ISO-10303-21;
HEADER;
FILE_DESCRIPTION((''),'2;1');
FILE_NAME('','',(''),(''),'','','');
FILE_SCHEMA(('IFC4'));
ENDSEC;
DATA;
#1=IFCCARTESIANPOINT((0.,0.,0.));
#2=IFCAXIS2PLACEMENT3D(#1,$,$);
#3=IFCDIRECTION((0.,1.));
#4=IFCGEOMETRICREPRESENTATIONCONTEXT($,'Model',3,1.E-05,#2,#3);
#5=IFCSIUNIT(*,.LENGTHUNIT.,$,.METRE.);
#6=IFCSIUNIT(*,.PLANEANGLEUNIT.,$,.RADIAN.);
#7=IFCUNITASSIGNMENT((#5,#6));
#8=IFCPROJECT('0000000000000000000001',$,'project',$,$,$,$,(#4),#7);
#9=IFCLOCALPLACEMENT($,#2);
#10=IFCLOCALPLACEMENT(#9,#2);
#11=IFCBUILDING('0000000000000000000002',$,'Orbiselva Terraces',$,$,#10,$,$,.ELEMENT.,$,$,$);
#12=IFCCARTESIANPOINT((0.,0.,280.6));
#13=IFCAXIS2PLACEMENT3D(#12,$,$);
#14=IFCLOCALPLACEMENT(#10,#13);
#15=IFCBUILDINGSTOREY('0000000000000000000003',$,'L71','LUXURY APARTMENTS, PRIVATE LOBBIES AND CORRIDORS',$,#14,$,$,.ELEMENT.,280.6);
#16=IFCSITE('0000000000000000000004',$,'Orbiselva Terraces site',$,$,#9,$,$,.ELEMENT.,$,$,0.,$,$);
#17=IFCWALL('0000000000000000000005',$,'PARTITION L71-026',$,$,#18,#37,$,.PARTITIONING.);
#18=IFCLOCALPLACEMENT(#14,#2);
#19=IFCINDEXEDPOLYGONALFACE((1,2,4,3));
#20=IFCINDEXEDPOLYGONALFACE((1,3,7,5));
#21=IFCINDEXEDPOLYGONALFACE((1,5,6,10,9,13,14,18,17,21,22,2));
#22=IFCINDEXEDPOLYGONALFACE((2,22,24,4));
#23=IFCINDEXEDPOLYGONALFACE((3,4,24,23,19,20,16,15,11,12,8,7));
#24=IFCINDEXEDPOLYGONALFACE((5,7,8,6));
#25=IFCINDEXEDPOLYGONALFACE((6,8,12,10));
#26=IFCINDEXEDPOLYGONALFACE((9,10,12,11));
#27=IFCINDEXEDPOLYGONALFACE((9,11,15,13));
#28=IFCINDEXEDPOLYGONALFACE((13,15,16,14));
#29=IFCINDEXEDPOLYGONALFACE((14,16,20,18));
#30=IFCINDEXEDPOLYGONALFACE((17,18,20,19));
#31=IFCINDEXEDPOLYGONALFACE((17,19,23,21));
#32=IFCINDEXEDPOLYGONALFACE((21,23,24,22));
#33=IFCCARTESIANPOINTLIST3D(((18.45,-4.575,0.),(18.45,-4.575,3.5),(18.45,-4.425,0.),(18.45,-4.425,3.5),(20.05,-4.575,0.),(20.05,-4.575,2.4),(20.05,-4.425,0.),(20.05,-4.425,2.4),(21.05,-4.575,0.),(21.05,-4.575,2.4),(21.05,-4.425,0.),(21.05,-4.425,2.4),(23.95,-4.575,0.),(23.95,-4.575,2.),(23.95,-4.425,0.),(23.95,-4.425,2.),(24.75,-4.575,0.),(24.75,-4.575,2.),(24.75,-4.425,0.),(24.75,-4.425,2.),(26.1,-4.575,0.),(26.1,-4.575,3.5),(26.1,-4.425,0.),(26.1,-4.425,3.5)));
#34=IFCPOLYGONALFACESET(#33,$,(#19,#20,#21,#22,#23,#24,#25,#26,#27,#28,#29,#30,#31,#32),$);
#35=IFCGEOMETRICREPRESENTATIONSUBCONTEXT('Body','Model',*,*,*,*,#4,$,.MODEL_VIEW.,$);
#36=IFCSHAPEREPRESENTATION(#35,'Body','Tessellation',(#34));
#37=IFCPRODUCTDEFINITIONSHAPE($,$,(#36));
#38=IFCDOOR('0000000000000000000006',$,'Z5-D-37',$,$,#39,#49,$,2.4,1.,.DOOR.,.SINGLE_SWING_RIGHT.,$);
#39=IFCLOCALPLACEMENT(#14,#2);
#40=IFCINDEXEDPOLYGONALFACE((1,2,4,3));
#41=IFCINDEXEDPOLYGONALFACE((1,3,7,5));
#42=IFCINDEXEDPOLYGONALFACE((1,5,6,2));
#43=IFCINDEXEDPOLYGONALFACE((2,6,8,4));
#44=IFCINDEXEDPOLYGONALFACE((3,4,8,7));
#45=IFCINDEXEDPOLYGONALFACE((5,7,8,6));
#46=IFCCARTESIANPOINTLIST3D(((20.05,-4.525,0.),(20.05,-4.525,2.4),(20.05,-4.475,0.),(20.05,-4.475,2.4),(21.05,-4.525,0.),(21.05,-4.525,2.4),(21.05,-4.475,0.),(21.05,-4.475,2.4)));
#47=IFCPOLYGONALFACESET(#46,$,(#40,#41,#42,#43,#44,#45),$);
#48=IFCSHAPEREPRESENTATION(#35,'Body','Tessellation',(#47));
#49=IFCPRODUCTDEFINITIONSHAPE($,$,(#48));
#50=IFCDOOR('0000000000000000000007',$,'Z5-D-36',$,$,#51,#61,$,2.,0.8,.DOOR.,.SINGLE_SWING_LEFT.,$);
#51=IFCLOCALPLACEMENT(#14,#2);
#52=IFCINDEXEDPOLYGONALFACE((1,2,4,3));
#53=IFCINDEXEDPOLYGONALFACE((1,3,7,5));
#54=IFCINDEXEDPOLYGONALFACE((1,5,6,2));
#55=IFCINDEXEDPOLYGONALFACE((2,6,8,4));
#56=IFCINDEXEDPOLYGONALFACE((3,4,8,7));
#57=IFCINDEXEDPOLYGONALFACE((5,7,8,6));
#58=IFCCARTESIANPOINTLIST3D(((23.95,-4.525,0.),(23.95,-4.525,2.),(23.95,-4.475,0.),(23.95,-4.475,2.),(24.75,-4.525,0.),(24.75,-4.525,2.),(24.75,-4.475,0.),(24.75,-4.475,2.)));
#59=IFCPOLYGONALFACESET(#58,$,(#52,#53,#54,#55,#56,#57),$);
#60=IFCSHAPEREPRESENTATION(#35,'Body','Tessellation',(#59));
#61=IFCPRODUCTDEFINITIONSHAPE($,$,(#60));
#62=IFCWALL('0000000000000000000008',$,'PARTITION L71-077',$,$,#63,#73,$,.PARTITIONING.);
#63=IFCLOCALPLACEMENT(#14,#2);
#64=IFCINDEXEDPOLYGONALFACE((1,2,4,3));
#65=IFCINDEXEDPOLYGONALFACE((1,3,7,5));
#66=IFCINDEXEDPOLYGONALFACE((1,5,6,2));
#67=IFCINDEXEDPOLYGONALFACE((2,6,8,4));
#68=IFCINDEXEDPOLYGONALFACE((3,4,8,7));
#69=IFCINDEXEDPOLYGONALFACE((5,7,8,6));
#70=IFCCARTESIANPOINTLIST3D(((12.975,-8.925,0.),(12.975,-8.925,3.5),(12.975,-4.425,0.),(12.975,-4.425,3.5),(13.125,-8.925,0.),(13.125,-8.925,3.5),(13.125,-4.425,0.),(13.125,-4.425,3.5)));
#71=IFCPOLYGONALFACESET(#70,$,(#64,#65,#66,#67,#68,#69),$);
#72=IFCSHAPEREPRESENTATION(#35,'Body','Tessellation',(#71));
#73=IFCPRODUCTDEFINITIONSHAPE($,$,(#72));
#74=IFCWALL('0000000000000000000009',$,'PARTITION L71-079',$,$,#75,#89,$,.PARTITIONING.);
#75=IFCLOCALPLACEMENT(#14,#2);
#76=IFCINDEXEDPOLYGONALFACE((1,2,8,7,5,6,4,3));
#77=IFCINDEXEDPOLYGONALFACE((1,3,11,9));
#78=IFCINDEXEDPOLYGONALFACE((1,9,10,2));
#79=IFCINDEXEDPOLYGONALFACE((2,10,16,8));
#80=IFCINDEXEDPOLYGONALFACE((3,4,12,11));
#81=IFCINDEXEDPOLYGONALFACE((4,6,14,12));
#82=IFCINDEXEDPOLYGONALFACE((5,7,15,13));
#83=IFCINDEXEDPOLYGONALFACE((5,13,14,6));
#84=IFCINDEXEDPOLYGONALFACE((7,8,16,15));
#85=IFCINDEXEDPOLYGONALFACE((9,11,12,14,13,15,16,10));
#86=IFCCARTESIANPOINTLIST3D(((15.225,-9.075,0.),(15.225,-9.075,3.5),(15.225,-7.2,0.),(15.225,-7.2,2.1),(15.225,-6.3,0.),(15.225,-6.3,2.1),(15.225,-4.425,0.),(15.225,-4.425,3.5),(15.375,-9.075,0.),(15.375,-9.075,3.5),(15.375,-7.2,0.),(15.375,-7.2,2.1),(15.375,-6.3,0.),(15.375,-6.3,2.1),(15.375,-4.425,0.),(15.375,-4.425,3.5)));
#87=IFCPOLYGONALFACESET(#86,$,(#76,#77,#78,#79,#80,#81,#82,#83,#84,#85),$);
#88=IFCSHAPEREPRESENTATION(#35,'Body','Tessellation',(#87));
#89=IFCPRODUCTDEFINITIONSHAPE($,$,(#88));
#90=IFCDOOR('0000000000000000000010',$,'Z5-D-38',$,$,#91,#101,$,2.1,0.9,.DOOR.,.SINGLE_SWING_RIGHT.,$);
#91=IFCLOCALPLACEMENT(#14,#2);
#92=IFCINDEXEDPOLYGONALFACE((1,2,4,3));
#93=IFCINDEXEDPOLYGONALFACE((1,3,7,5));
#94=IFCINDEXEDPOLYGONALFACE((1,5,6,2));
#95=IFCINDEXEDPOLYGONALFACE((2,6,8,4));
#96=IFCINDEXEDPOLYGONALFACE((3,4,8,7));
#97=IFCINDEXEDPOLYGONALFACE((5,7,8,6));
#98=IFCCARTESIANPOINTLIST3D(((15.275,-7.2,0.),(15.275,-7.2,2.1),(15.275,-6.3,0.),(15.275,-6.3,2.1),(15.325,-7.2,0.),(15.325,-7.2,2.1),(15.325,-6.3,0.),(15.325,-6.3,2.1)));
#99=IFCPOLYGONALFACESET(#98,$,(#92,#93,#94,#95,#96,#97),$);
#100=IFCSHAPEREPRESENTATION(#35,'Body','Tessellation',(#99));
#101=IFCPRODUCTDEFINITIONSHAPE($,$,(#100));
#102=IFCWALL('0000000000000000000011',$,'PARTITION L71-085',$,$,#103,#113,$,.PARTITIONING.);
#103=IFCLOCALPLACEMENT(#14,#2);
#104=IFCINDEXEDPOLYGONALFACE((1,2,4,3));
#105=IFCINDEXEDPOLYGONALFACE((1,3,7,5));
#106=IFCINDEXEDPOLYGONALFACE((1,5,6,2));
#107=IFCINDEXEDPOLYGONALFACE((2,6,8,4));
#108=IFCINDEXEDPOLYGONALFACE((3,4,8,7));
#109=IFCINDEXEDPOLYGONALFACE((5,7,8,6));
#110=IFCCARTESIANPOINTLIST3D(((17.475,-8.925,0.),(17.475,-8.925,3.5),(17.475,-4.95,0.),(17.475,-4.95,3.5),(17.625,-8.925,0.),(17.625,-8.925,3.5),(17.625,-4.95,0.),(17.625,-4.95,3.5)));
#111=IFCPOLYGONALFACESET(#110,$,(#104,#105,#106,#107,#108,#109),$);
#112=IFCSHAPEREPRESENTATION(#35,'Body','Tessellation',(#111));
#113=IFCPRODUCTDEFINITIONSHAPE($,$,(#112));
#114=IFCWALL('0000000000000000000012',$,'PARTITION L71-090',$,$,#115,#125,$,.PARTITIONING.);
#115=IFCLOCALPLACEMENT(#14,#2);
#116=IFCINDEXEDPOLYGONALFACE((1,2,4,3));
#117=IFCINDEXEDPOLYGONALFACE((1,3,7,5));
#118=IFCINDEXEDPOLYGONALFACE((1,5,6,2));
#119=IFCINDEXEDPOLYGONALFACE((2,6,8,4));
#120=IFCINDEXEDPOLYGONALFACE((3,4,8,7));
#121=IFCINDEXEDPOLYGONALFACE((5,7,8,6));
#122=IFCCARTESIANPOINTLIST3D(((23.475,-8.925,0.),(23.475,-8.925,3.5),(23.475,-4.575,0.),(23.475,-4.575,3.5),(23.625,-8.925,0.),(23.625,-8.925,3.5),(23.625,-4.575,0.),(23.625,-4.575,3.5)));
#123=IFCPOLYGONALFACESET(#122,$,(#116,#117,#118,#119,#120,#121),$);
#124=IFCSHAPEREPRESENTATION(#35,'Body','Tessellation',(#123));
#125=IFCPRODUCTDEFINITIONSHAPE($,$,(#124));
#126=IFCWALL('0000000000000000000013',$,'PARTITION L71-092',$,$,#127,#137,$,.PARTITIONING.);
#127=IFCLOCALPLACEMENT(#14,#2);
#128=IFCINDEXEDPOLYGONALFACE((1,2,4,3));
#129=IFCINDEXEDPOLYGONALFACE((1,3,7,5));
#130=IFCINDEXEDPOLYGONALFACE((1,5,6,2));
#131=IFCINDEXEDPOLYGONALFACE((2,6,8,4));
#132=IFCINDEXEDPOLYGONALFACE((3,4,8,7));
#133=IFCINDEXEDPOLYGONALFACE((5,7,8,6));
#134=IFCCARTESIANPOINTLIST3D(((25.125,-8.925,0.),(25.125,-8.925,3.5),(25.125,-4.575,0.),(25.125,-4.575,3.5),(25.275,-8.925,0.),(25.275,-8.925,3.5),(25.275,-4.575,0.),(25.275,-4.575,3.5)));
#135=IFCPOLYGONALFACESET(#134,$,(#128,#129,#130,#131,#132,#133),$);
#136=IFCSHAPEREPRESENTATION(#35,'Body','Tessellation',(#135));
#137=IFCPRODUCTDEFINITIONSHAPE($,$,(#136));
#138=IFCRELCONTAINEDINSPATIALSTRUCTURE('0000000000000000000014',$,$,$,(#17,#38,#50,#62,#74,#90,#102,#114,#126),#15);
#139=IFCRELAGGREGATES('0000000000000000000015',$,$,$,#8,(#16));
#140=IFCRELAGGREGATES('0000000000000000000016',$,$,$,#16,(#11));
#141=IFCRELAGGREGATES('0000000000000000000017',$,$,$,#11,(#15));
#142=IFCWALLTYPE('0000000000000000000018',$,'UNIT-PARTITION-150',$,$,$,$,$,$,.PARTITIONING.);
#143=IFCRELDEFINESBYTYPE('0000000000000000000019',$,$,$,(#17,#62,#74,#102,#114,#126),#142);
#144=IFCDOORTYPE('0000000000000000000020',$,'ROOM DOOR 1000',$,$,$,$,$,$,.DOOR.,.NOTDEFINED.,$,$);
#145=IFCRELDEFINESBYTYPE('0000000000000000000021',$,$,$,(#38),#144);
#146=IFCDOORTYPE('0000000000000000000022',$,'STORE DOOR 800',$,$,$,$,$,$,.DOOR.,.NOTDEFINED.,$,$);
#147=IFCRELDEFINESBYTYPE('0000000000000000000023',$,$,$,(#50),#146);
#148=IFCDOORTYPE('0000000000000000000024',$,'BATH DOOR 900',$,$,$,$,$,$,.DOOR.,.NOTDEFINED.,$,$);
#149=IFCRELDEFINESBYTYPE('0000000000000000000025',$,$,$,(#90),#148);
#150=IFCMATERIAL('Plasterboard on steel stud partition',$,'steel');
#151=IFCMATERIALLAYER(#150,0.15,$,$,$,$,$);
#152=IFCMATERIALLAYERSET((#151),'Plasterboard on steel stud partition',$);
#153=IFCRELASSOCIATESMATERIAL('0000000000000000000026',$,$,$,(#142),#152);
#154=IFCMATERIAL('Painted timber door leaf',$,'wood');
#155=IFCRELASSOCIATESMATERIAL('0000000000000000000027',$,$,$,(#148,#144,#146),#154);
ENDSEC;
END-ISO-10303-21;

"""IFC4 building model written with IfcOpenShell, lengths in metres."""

from ifc_helpers import new_model, si_unit, direction, frame, frame_2d, origin, place, context, subcontext, project, spatial, rectangle, extrude, material, layer, layer_set, type_object, element, fill, save


model = new_model("IFC4")

# Units and contexts
model_context = context("Model", 3, precision=1e-05, world=origin(), true_north=direction((0.0, 1.0)))
body_context = subcontext(model_context, "Body", "Model", "MODEL_VIEW")
ifc_project = project(units=[si_unit("LENGTHUNIT", "METRE"), si_unit("PLANEANGLEUNIT", "RADIAN")], contexts=[model_context])

# Site, building, storey
site_placement = place(None, origin())
site = spatial("IfcSite", under=ifc_project, at=site_placement, Name="Orbiselva Terraces site", CompositionType="ELEMENT", RefElevation=0.0)
building_placement = place(site_placement, origin())
building = spatial("IfcBuilding", under=site, at=building_placement, Name="Orbiselva Terraces", CompositionType="ELEMENT")
storey_placement = place(building_placement, frame((0.0, 0.0, 280.6)))
storey = spatial("IfcBuildingStorey", under=building, at=storey_placement, Name="L71", Description="LUXURY APARTMENTS, PRIVATE LOBBIES AND CORRIDORS", CompositionType="ELEMENT", Elevation=280.6)

# Shared definitions
ifc_material_1 = material(Name="Plasterboard on steel stud partition", Category="steel")

# Shared definitions
ifc_layer_1 = layer(ifc_material_1, 0.15)
ifc_layer_set_1 = layer_set([ifc_layer_1], Name="Plasterboard on steel stud partition")
wall_type_1 = type_object("IfcWallType", Name="UNIT-PARTITION-150", PredefinedType="PARTITIONING", material=ifc_layer_set_1)
ifc_material_2 = material(Name="Painted timber door leaf", Category="wood")
door_type_1 = type_object("IfcDoorType", Name="BATH DOOR 900", OperationType="NOTDEFINED", PredefinedType="DOOR", material=ifc_material_2)

# Shared definitions
door_type_2 = type_object("IfcDoorType", Name="ROOM DOOR 1000", OperationType="NOTDEFINED", PredefinedType="DOOR", material=ifc_material_2)

# Shared definitions
door_type_3 = type_object("IfcDoorType", Name="STORE DOOR 800", OperationType="NOTDEFINED", PredefinedType="DOOR", material=ifc_material_2)

# Wall, openings, doors
wall_1_placement = place(storey_placement, frame((26.1, -4.5, 0.0), z_axis=(0.0, 0.0, 1.0), x_axis=(-1.0, 0.0, 0.0)))
wall_1 = element("IfcWall", 1, at=wall_1_placement, inside=storey, type_object=wall_type_1, Name="PARTITION L71-026", PredefinedType="PARTITIONING", context=body_context, shape_type="SweptSolid", body=[
    extrude(rectangle(XDim=7.65, YDim=0.15, at=frame_2d((3.825, 0.0))), origin(), (0.0, 0.0, 1.0), 3.5),
])
opening_1_placement = place(wall_1_placement, frame((1.35, 0.0, 0.0)))
opening_1 = element("IfcOpeningElement", 2, at=opening_1_placement, cuts=wall_1, PredefinedType="OPENING", context=body_context, shape_type="SweptSolid", body=[
    extrude(rectangle(XDim=0.8, YDim=2.0, at=frame_2d((0.4, 1.0))), frame((0.0, 0.085, 0.0), z_axis=(0.0, -1.0, 0.0), x_axis=(1.0, 0.0, 0.0)), (0.0, 0.0, 1.0), 0.17),
])
opening_2_placement = place(wall_1_placement, frame((5.05, 0.0, 0.0)))
opening_2 = element("IfcOpeningElement", 3, at=opening_2_placement, cuts=wall_1, PredefinedType="OPENING", context=body_context, shape_type="SweptSolid", body=[
    extrude(rectangle(XDim=1.0, YDim=2.4, at=frame_2d((0.5, 1.2))), frame((0.0, 0.085, 0.0), z_axis=(0.0, -1.0, 0.0), x_axis=(1.0, 0.0, 0.0)), (0.0, 0.0, 1.0), 0.17),
])
door_1_placement = place(opening_2_placement, origin())
door_1 = element("IfcDoor", 4, at=door_1_placement, inside=storey, type_object=door_type_2, Name="Z5-D-37", OperationType="SINGLE_SWING_RIGHT", OverallHeight=2.4, OverallWidth=1.0, PredefinedType="DOOR", context=body_context, shape_type="SweptSolid", body=[
    extrude(rectangle(XDim=1.0, YDim=2.4, at=frame_2d((0.5, 1.2))), frame((0.0, 0.025, 0.0), z_axis=(0.0, -1.0, 0.0), x_axis=(1.0, 0.0, 0.0)), (0.0, 0.0, 1.0), 0.05),
])
fill(opening_2, door_1)
door_2_placement = place(opening_1_placement, origin())
door_2 = element("IfcDoor", 5, at=door_2_placement, inside=storey, type_object=door_type_3, Name="Z5-D-36", OperationType="SINGLE_SWING_LEFT", OverallHeight=2.0, OverallWidth=0.8, PredefinedType="DOOR", context=body_context, shape_type="SweptSolid", body=[
    extrude(rectangle(XDim=0.8, YDim=2.0, at=frame_2d((0.4, 1.0))), frame((0.0, 0.025, 0.0), z_axis=(0.0, -1.0, 0.0), x_axis=(1.0, 0.0, 0.0)), (0.0, 0.0, 1.0), 0.05),
])
fill(opening_1, door_2)

# Wall
wall_2_placement = place(storey_placement, frame((13.05, -8.925, 0.0), z_axis=(0.0, 0.0, 1.0), x_axis=(0.0, 1.0, 0.0)))
element("IfcWall", 6, at=wall_2_placement, inside=storey, type_object=wall_type_1, Name="PARTITION L71-077", PredefinedType="PARTITIONING", context=body_context, shape_type="SweptSolid", body=[
    extrude(rectangle(XDim=4.5, YDim=0.15, at=frame_2d((2.25, 0.0))), origin(), (0.0, 0.0, 1.0), 3.5),
])

# Wall, opening, door
wall_3_placement = place(storey_placement, frame((15.3, -4.425, 0.0), z_axis=(0.0, 0.0, 1.0), x_axis=(0.0, -1.0, 0.0)))
wall_3 = element("IfcWall", 7, at=wall_3_placement, inside=storey, type_object=wall_type_1, Name="PARTITION L71-079", PredefinedType="PARTITIONING", context=body_context, shape_type="SweptSolid", body=[
    extrude(rectangle(XDim=4.65, YDim=0.15, at=frame_2d((2.325, 0.0))), origin(), (0.0, 0.0, 1.0), 3.5),
])
opening_3_placement = place(wall_3_placement, frame((1.875, 0.0, 0.0)))
opening_3 = element("IfcOpeningElement", 8, at=opening_3_placement, cuts=wall_3, PredefinedType="OPENING", context=body_context, shape_type="SweptSolid", body=[
    extrude(rectangle(XDim=0.9, YDim=2.1, at=frame_2d((0.45, 1.05))), frame((0.0, 0.085, 0.0), z_axis=(0.0, -1.0, 0.0), x_axis=(1.0, 0.0, 0.0)), (0.0, 0.0, 1.0), 0.17),
])
door_3_placement = place(opening_3_placement, origin())
door_3 = element("IfcDoor", 9, at=door_3_placement, inside=storey, type_object=door_type_1, Name="Z5-D-38", OperationType="SINGLE_SWING_RIGHT", OverallHeight=2.1, OverallWidth=0.9, PredefinedType="DOOR", context=body_context, shape_type="SweptSolid", body=[
    extrude(rectangle(XDim=0.9, YDim=2.1, at=frame_2d((0.45, 1.05))), frame((0.0, 0.025, 0.0), z_axis=(0.0, -1.0, 0.0), x_axis=(1.0, 0.0, 0.0)), (0.0, 0.0, 1.0), 0.05),
])
fill(opening_3, door_3)

# Walls
wall_4_placement = place(storey_placement, frame((17.55, -8.925, 0.0), z_axis=(0.0, 0.0, 1.0), x_axis=(0.0, 1.0, 0.0)))
element("IfcWall", 10, at=wall_4_placement, inside=storey, type_object=wall_type_1, Name="PARTITION L71-085", PredefinedType="PARTITIONING", context=body_context, shape_type="SweptSolid", body=[
    extrude(rectangle(XDim=3.975, YDim=0.15, at=frame_2d((1.9875, 0.0))), origin(), (0.0, 0.0, 1.0), 3.5),
])
for number, where, z_axis, x_axis, name in (
    (11, (23.55, -8.925, 0.0), (0.0, 0.0, 1.0), (0.0, 1.0, 0.0), "PARTITION L71-090"),
    (12, (25.2, -8.925, 0.0), (0.0, 0.0, 1.0), (0.0, 1.0, 0.0), "PARTITION L71-092"),
):
    element("IfcWall", number, at=place(storey_placement, frame(where, z_axis=z_axis, x_axis=x_axis)), inside=storey, type_object=wall_type_1, Name=name, PredefinedType="PARTITIONING", context=body_context, shape_type="SweptSolid", body=[
        extrude(rectangle(XDim=4.35, YDim=0.15, at=frame_2d((2.175, 0.0))), origin(), (0.0, 0.0, 1.0), 3.5),
    ])

save(model, "model.ifc")
